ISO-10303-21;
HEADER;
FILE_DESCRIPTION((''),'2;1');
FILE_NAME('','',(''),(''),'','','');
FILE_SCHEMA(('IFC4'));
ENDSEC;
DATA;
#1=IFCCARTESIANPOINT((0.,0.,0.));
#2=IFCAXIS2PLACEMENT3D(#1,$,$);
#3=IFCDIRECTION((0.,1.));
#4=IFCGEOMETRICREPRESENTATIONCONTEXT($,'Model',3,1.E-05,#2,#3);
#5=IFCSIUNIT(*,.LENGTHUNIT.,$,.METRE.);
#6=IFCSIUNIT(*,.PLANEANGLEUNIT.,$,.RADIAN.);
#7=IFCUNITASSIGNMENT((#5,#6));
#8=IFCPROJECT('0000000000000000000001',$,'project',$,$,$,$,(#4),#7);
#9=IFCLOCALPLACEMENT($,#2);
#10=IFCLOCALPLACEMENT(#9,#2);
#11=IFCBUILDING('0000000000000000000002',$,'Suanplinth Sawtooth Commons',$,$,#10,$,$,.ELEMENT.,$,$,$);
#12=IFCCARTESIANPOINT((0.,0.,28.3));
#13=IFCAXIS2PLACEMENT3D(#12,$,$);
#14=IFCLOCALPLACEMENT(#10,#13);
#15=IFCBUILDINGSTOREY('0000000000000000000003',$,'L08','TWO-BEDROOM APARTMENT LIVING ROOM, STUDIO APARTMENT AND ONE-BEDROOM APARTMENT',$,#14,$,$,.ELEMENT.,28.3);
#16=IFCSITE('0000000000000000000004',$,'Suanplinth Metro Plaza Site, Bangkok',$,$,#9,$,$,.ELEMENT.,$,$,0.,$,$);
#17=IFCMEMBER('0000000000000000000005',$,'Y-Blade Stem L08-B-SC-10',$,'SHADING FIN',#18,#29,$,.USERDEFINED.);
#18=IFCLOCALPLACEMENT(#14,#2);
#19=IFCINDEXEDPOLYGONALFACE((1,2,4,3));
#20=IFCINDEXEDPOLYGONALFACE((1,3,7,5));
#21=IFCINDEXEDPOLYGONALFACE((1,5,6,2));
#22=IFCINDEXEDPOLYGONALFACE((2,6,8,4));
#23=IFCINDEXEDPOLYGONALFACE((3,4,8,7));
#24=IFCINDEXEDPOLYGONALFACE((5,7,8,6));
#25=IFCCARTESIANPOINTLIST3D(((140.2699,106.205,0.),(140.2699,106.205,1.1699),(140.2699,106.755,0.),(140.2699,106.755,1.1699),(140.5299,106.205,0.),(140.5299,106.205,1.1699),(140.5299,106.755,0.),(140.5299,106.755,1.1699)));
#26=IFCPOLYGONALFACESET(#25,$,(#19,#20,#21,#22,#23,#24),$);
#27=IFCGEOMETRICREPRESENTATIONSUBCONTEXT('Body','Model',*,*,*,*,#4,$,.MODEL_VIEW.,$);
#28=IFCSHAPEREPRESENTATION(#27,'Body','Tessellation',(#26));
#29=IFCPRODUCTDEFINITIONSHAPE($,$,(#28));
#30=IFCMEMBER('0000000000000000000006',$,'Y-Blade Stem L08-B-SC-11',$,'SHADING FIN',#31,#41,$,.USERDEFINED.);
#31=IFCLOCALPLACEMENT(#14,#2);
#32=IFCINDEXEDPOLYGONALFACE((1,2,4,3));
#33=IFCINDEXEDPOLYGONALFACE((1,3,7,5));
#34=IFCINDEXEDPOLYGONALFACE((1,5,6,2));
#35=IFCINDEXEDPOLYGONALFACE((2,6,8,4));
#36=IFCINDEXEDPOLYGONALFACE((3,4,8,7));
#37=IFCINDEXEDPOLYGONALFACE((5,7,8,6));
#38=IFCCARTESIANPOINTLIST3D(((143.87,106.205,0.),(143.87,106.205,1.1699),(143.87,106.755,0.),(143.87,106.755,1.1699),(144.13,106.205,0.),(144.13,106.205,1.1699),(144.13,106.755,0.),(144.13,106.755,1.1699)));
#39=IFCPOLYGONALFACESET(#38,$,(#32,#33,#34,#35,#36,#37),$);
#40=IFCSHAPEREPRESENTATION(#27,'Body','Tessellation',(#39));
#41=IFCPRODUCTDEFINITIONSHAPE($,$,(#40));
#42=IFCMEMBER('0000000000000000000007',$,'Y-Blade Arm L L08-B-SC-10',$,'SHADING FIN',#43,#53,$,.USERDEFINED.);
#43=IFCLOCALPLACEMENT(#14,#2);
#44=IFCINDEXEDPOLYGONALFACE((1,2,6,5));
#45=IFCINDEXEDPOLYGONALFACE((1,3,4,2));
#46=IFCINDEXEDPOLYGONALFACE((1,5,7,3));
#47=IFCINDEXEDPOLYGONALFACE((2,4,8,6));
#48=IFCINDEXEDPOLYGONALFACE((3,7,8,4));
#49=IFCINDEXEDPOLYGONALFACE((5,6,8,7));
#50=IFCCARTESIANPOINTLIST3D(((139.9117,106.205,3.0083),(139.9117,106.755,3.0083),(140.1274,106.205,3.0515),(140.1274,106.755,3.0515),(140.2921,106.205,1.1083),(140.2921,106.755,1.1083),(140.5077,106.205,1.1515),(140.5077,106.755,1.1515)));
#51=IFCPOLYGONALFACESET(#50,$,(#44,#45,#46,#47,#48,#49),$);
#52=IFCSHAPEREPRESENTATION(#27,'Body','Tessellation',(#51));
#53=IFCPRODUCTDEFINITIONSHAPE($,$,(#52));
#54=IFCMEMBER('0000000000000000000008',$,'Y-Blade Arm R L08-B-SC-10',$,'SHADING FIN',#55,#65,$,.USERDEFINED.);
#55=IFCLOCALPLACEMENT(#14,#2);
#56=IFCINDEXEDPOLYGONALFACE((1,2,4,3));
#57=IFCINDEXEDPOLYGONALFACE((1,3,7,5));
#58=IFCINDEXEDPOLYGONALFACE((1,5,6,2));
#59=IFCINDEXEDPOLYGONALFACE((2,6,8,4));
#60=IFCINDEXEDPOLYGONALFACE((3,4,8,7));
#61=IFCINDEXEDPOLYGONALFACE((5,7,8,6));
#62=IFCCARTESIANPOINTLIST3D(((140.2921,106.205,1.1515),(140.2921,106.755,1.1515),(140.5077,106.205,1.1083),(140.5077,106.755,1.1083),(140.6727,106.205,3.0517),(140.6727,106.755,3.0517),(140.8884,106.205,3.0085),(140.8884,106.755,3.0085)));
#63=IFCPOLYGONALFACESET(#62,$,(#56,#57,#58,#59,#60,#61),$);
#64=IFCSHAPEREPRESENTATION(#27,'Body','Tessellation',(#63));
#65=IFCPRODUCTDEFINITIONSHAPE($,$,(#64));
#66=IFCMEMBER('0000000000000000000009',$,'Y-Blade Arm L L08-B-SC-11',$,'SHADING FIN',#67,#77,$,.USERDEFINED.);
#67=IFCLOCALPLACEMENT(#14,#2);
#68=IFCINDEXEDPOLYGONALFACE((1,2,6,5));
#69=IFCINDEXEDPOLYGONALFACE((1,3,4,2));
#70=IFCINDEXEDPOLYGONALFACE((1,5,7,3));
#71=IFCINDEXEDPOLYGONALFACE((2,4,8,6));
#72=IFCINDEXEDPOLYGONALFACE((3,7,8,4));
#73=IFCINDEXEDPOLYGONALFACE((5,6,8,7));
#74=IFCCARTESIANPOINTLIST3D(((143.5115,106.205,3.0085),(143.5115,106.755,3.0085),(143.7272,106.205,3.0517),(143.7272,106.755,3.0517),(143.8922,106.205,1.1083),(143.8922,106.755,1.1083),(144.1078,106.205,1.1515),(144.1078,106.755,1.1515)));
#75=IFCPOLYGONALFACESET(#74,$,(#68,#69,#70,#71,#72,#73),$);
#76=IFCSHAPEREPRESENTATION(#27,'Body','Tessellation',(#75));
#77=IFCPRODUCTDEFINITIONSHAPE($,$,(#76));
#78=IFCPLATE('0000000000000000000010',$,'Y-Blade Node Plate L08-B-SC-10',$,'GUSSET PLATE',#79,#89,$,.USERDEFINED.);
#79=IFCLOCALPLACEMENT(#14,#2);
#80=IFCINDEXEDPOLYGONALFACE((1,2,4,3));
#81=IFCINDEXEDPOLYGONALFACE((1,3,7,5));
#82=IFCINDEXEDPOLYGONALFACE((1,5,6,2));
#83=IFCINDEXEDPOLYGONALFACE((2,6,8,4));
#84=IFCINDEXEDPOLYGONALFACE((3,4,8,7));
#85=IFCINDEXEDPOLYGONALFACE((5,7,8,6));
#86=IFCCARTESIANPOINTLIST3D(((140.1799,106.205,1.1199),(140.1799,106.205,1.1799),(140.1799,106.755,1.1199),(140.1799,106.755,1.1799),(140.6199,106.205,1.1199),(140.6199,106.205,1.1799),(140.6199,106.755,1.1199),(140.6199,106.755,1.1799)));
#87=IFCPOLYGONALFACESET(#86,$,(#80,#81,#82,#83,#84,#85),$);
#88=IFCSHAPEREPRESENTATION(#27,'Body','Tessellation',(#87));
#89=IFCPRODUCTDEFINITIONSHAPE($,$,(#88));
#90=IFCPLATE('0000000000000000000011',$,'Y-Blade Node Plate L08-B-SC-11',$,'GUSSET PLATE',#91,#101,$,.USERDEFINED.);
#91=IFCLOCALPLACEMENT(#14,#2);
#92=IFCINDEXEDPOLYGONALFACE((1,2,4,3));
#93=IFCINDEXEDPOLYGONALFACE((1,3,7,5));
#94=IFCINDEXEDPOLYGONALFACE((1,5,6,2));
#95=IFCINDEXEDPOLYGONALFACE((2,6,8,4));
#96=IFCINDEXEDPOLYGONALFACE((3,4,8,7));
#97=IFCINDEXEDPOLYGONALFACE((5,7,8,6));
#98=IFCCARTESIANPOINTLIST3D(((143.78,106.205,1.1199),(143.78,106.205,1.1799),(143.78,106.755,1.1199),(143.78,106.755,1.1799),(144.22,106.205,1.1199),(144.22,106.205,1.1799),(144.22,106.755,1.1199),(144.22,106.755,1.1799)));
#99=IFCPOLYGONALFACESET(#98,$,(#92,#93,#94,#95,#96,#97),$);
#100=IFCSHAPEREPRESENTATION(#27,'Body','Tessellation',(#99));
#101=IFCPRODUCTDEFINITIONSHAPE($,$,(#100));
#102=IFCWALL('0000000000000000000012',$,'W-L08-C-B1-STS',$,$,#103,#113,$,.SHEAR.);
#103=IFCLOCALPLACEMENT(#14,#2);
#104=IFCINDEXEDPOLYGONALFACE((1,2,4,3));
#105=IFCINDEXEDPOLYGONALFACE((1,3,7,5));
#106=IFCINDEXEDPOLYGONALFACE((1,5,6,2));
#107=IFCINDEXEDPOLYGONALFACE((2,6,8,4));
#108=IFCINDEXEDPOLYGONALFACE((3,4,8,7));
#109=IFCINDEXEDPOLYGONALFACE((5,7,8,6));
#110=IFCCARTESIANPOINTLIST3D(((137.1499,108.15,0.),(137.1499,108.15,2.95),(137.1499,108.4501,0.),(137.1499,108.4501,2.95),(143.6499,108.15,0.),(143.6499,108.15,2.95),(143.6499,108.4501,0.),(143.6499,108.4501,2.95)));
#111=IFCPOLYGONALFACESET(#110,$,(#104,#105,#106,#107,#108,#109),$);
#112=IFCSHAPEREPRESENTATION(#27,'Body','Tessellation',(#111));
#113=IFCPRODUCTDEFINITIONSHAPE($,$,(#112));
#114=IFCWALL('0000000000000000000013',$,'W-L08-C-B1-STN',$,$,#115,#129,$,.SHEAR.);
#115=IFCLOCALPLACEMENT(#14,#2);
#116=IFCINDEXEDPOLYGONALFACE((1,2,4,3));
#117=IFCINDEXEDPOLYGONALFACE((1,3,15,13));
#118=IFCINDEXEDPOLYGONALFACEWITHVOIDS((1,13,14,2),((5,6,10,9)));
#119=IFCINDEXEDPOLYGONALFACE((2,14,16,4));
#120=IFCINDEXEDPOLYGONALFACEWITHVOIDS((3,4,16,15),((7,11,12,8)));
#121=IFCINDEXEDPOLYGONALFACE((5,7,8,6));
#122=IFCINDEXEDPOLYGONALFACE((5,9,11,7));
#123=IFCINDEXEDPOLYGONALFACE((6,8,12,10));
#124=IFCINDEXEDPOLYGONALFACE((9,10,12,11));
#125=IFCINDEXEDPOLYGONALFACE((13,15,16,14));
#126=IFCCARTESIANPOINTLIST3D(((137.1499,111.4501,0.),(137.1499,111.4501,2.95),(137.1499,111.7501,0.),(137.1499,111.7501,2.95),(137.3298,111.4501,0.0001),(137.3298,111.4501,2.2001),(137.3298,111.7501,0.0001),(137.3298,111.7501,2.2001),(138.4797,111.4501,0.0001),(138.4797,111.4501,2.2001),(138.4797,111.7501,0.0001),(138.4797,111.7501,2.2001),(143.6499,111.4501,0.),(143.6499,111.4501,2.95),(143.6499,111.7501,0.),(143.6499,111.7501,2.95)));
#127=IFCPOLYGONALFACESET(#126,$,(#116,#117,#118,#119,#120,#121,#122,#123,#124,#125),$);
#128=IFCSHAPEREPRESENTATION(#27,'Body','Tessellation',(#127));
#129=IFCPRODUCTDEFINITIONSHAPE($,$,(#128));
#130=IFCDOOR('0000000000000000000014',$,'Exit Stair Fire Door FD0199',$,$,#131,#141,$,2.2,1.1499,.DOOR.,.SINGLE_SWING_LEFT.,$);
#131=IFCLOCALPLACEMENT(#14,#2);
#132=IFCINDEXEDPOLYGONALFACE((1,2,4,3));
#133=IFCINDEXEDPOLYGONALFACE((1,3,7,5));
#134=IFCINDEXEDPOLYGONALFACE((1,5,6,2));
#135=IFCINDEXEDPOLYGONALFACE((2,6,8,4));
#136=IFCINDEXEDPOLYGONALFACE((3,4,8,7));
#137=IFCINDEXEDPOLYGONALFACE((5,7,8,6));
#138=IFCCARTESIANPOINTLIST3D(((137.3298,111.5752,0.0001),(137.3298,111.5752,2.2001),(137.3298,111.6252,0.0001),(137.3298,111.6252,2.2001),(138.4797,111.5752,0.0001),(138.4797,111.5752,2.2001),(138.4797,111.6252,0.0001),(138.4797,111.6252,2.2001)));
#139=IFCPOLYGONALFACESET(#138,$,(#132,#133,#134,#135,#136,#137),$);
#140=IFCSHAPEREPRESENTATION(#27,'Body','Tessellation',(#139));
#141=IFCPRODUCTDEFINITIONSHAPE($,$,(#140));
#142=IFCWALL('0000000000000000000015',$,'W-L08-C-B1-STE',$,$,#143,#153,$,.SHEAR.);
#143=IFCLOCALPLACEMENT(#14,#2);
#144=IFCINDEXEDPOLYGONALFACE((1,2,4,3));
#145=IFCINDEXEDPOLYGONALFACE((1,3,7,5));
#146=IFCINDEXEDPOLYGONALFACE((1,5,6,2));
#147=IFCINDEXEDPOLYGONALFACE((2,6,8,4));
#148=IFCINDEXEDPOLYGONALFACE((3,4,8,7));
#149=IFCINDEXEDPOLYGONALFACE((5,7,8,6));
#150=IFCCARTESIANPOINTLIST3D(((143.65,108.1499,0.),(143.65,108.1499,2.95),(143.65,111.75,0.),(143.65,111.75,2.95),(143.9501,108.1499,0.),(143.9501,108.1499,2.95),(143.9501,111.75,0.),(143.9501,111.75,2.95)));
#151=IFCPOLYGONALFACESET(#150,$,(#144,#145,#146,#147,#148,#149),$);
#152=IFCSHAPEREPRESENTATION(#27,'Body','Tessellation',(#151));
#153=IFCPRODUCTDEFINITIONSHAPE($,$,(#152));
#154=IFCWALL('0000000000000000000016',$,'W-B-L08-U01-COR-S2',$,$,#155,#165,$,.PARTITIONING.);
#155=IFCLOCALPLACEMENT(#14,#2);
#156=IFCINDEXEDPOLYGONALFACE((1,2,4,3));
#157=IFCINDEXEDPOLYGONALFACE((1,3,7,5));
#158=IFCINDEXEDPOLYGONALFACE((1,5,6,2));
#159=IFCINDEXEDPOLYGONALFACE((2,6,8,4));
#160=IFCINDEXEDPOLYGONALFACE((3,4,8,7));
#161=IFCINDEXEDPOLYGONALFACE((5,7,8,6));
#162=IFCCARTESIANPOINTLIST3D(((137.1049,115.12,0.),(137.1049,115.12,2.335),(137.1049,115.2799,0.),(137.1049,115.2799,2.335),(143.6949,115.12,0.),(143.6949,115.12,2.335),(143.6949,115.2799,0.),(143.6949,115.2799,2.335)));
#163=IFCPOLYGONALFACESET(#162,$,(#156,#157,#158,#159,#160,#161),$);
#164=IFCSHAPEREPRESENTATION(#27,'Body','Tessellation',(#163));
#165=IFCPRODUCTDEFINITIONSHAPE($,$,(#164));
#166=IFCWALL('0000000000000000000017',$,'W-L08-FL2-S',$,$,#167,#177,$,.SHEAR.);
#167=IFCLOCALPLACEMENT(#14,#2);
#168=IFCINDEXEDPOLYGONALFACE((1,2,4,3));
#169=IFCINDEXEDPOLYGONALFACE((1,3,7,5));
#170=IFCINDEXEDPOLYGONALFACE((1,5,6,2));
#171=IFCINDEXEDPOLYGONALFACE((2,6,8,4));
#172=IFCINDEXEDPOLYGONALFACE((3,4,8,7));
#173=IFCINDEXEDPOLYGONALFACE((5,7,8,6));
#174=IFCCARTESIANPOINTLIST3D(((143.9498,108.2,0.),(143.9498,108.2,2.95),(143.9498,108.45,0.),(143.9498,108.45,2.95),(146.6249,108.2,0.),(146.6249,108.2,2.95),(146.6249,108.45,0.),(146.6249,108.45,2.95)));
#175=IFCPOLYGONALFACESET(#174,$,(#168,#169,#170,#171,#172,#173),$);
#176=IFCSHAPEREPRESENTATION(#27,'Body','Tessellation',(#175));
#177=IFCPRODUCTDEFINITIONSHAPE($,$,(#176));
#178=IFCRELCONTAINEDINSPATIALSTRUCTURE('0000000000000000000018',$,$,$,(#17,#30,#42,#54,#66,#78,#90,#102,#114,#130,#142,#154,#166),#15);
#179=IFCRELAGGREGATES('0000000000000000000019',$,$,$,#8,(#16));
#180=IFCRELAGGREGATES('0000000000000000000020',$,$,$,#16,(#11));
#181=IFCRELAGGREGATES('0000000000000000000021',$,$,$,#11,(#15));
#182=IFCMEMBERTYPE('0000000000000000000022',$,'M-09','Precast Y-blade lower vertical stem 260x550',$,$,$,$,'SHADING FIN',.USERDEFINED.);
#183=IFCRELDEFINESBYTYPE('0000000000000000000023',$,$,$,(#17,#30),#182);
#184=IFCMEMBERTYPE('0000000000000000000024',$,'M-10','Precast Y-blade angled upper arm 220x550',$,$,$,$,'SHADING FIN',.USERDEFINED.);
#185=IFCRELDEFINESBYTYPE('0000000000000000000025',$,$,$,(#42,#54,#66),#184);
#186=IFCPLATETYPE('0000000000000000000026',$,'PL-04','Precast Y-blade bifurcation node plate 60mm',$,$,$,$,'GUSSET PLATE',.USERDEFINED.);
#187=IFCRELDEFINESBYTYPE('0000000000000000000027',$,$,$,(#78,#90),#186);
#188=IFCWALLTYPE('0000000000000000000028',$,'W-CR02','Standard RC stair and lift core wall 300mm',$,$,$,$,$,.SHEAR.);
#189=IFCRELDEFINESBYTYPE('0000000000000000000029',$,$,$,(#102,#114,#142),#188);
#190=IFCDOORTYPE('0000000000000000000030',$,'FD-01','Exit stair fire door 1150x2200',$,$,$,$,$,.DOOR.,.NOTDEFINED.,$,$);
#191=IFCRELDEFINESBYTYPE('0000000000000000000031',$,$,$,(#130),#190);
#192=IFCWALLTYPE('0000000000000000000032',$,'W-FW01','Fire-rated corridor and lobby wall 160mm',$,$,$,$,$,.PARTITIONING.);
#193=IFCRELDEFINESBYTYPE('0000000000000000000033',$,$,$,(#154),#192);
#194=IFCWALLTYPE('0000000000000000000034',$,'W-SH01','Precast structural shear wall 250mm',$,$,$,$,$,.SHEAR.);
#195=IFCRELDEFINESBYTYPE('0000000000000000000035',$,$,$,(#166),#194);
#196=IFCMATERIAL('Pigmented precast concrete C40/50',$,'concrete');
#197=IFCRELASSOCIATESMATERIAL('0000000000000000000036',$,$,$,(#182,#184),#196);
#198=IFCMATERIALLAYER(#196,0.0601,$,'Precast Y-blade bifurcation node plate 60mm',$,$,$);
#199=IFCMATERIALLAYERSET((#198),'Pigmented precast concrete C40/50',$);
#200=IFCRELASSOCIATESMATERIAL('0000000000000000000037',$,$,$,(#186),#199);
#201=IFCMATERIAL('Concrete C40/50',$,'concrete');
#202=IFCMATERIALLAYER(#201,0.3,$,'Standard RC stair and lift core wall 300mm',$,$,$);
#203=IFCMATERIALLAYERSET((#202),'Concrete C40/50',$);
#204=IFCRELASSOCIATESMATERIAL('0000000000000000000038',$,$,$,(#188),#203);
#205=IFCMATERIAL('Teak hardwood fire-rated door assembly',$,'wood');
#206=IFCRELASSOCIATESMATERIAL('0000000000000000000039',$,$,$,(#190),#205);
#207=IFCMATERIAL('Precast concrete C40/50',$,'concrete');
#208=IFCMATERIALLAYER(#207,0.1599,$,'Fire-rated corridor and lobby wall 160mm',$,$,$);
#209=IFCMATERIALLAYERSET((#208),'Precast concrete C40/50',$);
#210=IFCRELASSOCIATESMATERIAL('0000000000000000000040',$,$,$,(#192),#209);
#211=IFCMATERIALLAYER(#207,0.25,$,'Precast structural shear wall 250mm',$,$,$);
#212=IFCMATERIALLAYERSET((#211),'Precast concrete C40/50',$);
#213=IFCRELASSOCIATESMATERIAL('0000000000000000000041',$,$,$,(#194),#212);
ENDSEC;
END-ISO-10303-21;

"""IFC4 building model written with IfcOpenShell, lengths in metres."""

from ifc_helpers import new_model, si_unit, direction, frame, frame_2d, origin, origin_2d, place, context, subcontext, project, spatial, rectangle, extrude, material, layer, layer_set, material_profile, profile_set, type_object, element, fill, save


model = new_model("IFC4")

# Units and contexts
model_context = context("Model", 3, precision=1e-05, world=origin(), true_north=direction((0.0, 1.0)))
body_context = subcontext(model_context, "Body", "Model", "MODEL_VIEW")
ifc_project = project(units=[si_unit("LENGTHUNIT", "METRE"), si_unit("PLANEANGLEUNIT", "RADIAN")], contexts=[model_context])

# Site, building, storey
site_placement = place(None, origin())
site = spatial("IfcSite", under=ifc_project, at=site_placement, Name="Suanplinth Metro Plaza Site, Bangkok", CompositionType="ELEMENT", RefElevation=0.0)
building_placement = place(site_placement, origin())
building = spatial("IfcBuilding", under=site, at=building_placement, Name="Suanplinth Sawtooth Commons", CompositionType="ELEMENT")
storey_placement = place(building_placement, frame((0.0, 0.0, 28.3)))
storey = spatial("IfcBuildingStorey", under=building, at=storey_placement, Name="L08", Description="TWO-BEDROOM APARTMENT LIVING ROOM, STUDIO APARTMENT AND ONE-BEDROOM APARTMENT", CompositionType="ELEMENT", Elevation=28.3)

# Members
ifc_material_1 = material(Name="Pigmented precast concrete C40/50", Category="concrete")
ifc_material_profile_1 = material_profile(ifc_material_1, rectangle(XDim=0.26, YDim=0.55, at=origin_2d()), Name="PC-FIN 260x550")
ifc_profile_set_1 = profile_set([ifc_material_profile_1], Name="Pigmented precast concrete C40/50")
member_type_1 = type_object("IfcMemberType", Name="M-09", Description="Precast Y-blade lower vertical stem 260x550", ElementType="SHADING FIN", PredefinedType="USERDEFINED", material=ifc_profile_set_1)
for number, where, z_axis, x_axis, name in (
    (1, (140.3999, 106.48, 0.0), (0.0, 0.0, 1.0), (1.0, 0.0, 0.0), "Y-Blade Stem L08-B-SC-10"),
    (2, (144.0, 106.48, 0.0), (0.0, 0.0, 1.0), (1.0, 0.0, 0.0), "Y-Blade Stem L08-B-SC-11"),
):
    element("IfcMember", number, at=place(storey_placement, frame(where, z_axis=z_axis, x_axis=x_axis)), inside=storey, type_object=member_type_1, Name=name, ObjectType="SHADING FIN", PredefinedType="USERDEFINED", context=body_context, shape_type="SweptSolid", body=[
        extrude(rectangle(XDim=0.26, YDim=0.55, at=origin_2d()), origin(), (0.0, 0.0, 1.0), 1.1699),
    ])
ifc_material_profile_2 = material_profile(ifc_material_1, rectangle(XDim=0.22, YDim=0.55, at=origin_2d()), Name="PC-FIN 220x550")
ifc_profile_set_2 = profile_set([ifc_material_profile_2], Name="Pigmented precast concrete C40/50")
member_type_2 = type_object("IfcMemberType", Name="M-10", Description="Precast Y-blade angled upper arm 220x550", ElementType="SHADING FIN", PredefinedType="USERDEFINED", material=ifc_profile_set_2)
member_placement = place(storey_placement, frame((140.3999, 106.48, 1.1299), z_axis=(-0.196286, 0.0, 0.980547), x_axis=(0.980547, 0.0, 0.196286)))
element("IfcMember", 3, at=member_placement, inside=storey, type_object=member_type_2, Name="Y-Blade Arm L L08-B-SC-10", ObjectType="SHADING FIN", PredefinedType="USERDEFINED", context=body_context, shape_type="SweptSolid", body=[
    extrude(rectangle(XDim=0.22, YDim=0.55, at=origin_2d()), origin(), (0.0, 0.0, 1.0), 1.9377),
])
for number, where, z_axis, x_axis, name in (
    (4, (140.3999, 106.48, 1.1299), (0.196407, 0.0, 0.980522), (-0.980522, 0.0, 0.196407), "Y-Blade Arm R L08-B-SC-10"),
    (5, (144.0, 106.48, 1.1299), (-0.196407, 0.0, 0.980522), (0.980522, 0.0, 0.196407), "Y-Blade Arm L L08-B-SC-11"),
):
    element("IfcMember", number, at=place(storey_placement, frame(where, z_axis=z_axis, x_axis=x_axis)), inside=storey, type_object=member_type_2, Name=name, ObjectType="SHADING FIN", PredefinedType="USERDEFINED", context=body_context, shape_type="SweptSolid", body=[
        extrude(rectangle(XDim=0.22, YDim=0.55, at=origin_2d()), origin(), (0.0, 0.0, 1.0), 1.938),
    ])

# Plates
ifc_layer_1 = layer(ifc_material_1, 0.0601, Name="Precast Y-blade bifurcation node plate 60mm")
ifc_layer_set_1 = layer_set([ifc_layer_1], Name="Pigmented precast concrete C40/50")
plate_type = type_object("IfcPlateType", Name="PL-04", Description="Precast Y-blade bifurcation node plate 60mm", ElementType="GUSSET PLATE", PredefinedType="USERDEFINED", material=ifc_layer_set_1)
for number, where, z_axis, x_axis, name in (
    (6, (140.3999, 106.48, 1.1199), (0.0, 0.0, 1.0), (1.0, 0.0, 0.0), "Y-Blade Node Plate L08-B-SC-10"),
    (7, (144.0, 106.48, 1.1199), (0.0, 0.0, 1.0), (1.0, 0.0, 0.0), "Y-Blade Node Plate L08-B-SC-11"),
):
    element("IfcPlate", number, at=place(storey_placement, frame(where, z_axis=z_axis, x_axis=x_axis)), inside=storey, type_object=plate_type, Name=name, ObjectType="GUSSET PLATE", PredefinedType="USERDEFINED", context=body_context, shape_type="SweptSolid", body=[
        extrude(rectangle(XDim=0.4399, YDim=0.55, at=origin_2d()), origin(), (0.0, 0.0, 1.0), 0.0601),
    ])

# Wall
ifc_material_2 = material(Name="Concrete C40/50", Category="concrete")
ifc_layer_2 = layer(ifc_material_2, 0.3, Name="Standard RC stair and lift core wall 300mm")
ifc_layer_set_2 = layer_set([ifc_layer_2], Name="Concrete C40/50")
wall_type_1 = type_object("IfcWallType", Name="W-CR02", Description="Standard RC stair and lift core wall 300mm", PredefinedType="SHEAR", material=ifc_layer_set_2)
wall_1_placement = place(storey_placement, frame((137.1499, 108.3, 0.0), z_axis=(0.0, 0.0, 1.0), x_axis=(1.0, 0.0, 0.0)))
element("IfcWall", 8, at=wall_1_placement, inside=storey, type_object=wall_type_1, Name="W-L08-C-B1-STS", PredefinedType="SHEAR", context=body_context, shape_type="SweptSolid", body=[
    extrude(rectangle(XDim=6.5, YDim=0.3, at=frame_2d((3.25, 0.0))), origin(), (0.0, 0.0, 1.0), 2.95),
])

# Wall, opening, door
wall_2_placement = place(storey_placement, frame((137.1499, 111.6001, 0.0), z_axis=(0.0, 0.0, 1.0), x_axis=(1.0, 0.0, 0.0)))
wall_2 = element("IfcWall", 9, at=wall_2_placement, inside=storey, type_object=wall_type_1, Name="W-L08-C-B1-STN", PredefinedType="SHEAR", context=body_context, shape_type="SweptSolid", body=[
    extrude(rectangle(XDim=6.5, YDim=0.3, at=frame_2d((3.25, 0.0))), origin(), (0.0, 0.0, 1.0), 2.95),
])
opening_1_placement = place(wall_2_placement, frame((0.1799, 0.0, 0.0)))
opening_1 = element("IfcOpeningElement", 10, at=opening_1_placement, cuts=wall_2, PredefinedType="OPENING", context=body_context, shape_type="SweptSolid", body=[
    extrude(rectangle(XDim=1.1499, YDim=2.2, at=frame_2d((0.575, 1.1001))), frame((0.0, 0.165, 0.0), z_axis=(0.0, -1.0, 0.0), x_axis=(1.0, 0.0, 0.0)), (0.0, 0.0, 1.0), 0.3298),
])
ifc_material_3 = material(Name="Teak hardwood fire-rated door assembly", Category="wood")
door_type_1 = type_object("IfcDoorType", Name="FD-01", Description="Exit stair fire door 1150x2200", OperationType="NOTDEFINED", PredefinedType="DOOR", material=ifc_material_3)
door_1_placement = place(opening_1_placement, frame((1.1499, 0.0, 0.0), z_axis=(0.0, 0.0, 1.0), x_axis=(-1.0, 0.0, 0.0)))
door_1 = element("IfcDoor", 11, at=door_1_placement, inside=storey, type_object=door_type_1, Name="Exit Stair Fire Door FD0199", OperationType="SINGLE_SWING_LEFT", OverallHeight=2.2, OverallWidth=1.1499, PredefinedType="DOOR", context=body_context, shape_type="SweptSolid", body=[
    extrude(rectangle(XDim=1.1499, YDim=2.2, at=frame_2d((0.575, 1.1001))), frame((0.0, 0.0249, 0.0), z_axis=(0.0, -1.0, 0.0), x_axis=(1.0, 0.0, 0.0)), (0.0, 0.0, 1.0), 0.05),
])
fill(opening_1, door_1)

# Walls
wall_3_placement = place(storey_placement, frame((143.8, 108.1499, 0.0), z_axis=(0.0, 0.0, 1.0), x_axis=(0.0, 1.0, 0.0)))
element("IfcWall", 12, at=wall_3_placement, inside=storey, type_object=wall_type_1, Name="W-L08-C-B1-STE", PredefinedType="SHEAR", context=body_context, shape_type="SweptSolid", body=[
    extrude(rectangle(XDim=3.6001, YDim=0.3, at=frame_2d((1.8, 0.0))), origin(), (0.0, 0.0, 1.0), 2.95),
])
ifc_material_4 = material(Name="Precast concrete C40/50", Category="concrete")
ifc_layer_3 = layer(ifc_material_4, 0.1599, Name="Fire-rated corridor and lobby wall 160mm")
ifc_layer_set_3 = layer_set([ifc_layer_3], Name="Precast concrete C40/50")
wall_type_2 = type_object("IfcWallType", Name="W-FW01", Description="Fire-rated corridor and lobby wall 160mm", PredefinedType="PARTITIONING", material=ifc_layer_set_3)
wall_4_placement = place(storey_placement, frame((137.105, 115.2, 0.0), z_axis=(0.0, 0.0, 1.0), x_axis=(1.0, 0.0, 0.0)))
element("IfcWall", 13, at=wall_4_placement, inside=storey, type_object=wall_type_2, Name="W-B-L08-U01-COR-S2", PredefinedType="PARTITIONING", context=body_context, shape_type="SweptSolid", body=[
    extrude(rectangle(XDim=6.5901, YDim=0.1599, at=frame_2d((3.2949, 0.0))), origin(), (0.0, 0.0, 1.0), 2.335),
])
ifc_layer_4 = layer(ifc_material_4, 0.25, Name="Precast structural shear wall 250mm")
ifc_layer_set_4 = layer_set([ifc_layer_4], Name="Precast concrete C40/50")
wall_type_3 = type_object("IfcWallType", Name="W-SH01", Description="Precast structural shear wall 250mm", PredefinedType="SHEAR", material=ifc_layer_set_4)
wall_5_placement = place(storey_placement, frame((143.95, 108.325, 0.0), z_axis=(0.0, 0.0, 1.0), x_axis=(1.0, 0.0, 0.0)))
element("IfcWall", 14, at=wall_5_placement, inside=storey, type_object=wall_type_3, Name="W-L08-FL2-S", PredefinedType="SHEAR", context=body_context, shape_type="SweptSolid", body=[
    extrude(rectangle(XDim=2.675, YDim=0.25, at=frame_2d((1.3374, 0.0))), origin(), (0.0, 0.0, 1.0), 2.95),
])

save(model, "model.ifc")
